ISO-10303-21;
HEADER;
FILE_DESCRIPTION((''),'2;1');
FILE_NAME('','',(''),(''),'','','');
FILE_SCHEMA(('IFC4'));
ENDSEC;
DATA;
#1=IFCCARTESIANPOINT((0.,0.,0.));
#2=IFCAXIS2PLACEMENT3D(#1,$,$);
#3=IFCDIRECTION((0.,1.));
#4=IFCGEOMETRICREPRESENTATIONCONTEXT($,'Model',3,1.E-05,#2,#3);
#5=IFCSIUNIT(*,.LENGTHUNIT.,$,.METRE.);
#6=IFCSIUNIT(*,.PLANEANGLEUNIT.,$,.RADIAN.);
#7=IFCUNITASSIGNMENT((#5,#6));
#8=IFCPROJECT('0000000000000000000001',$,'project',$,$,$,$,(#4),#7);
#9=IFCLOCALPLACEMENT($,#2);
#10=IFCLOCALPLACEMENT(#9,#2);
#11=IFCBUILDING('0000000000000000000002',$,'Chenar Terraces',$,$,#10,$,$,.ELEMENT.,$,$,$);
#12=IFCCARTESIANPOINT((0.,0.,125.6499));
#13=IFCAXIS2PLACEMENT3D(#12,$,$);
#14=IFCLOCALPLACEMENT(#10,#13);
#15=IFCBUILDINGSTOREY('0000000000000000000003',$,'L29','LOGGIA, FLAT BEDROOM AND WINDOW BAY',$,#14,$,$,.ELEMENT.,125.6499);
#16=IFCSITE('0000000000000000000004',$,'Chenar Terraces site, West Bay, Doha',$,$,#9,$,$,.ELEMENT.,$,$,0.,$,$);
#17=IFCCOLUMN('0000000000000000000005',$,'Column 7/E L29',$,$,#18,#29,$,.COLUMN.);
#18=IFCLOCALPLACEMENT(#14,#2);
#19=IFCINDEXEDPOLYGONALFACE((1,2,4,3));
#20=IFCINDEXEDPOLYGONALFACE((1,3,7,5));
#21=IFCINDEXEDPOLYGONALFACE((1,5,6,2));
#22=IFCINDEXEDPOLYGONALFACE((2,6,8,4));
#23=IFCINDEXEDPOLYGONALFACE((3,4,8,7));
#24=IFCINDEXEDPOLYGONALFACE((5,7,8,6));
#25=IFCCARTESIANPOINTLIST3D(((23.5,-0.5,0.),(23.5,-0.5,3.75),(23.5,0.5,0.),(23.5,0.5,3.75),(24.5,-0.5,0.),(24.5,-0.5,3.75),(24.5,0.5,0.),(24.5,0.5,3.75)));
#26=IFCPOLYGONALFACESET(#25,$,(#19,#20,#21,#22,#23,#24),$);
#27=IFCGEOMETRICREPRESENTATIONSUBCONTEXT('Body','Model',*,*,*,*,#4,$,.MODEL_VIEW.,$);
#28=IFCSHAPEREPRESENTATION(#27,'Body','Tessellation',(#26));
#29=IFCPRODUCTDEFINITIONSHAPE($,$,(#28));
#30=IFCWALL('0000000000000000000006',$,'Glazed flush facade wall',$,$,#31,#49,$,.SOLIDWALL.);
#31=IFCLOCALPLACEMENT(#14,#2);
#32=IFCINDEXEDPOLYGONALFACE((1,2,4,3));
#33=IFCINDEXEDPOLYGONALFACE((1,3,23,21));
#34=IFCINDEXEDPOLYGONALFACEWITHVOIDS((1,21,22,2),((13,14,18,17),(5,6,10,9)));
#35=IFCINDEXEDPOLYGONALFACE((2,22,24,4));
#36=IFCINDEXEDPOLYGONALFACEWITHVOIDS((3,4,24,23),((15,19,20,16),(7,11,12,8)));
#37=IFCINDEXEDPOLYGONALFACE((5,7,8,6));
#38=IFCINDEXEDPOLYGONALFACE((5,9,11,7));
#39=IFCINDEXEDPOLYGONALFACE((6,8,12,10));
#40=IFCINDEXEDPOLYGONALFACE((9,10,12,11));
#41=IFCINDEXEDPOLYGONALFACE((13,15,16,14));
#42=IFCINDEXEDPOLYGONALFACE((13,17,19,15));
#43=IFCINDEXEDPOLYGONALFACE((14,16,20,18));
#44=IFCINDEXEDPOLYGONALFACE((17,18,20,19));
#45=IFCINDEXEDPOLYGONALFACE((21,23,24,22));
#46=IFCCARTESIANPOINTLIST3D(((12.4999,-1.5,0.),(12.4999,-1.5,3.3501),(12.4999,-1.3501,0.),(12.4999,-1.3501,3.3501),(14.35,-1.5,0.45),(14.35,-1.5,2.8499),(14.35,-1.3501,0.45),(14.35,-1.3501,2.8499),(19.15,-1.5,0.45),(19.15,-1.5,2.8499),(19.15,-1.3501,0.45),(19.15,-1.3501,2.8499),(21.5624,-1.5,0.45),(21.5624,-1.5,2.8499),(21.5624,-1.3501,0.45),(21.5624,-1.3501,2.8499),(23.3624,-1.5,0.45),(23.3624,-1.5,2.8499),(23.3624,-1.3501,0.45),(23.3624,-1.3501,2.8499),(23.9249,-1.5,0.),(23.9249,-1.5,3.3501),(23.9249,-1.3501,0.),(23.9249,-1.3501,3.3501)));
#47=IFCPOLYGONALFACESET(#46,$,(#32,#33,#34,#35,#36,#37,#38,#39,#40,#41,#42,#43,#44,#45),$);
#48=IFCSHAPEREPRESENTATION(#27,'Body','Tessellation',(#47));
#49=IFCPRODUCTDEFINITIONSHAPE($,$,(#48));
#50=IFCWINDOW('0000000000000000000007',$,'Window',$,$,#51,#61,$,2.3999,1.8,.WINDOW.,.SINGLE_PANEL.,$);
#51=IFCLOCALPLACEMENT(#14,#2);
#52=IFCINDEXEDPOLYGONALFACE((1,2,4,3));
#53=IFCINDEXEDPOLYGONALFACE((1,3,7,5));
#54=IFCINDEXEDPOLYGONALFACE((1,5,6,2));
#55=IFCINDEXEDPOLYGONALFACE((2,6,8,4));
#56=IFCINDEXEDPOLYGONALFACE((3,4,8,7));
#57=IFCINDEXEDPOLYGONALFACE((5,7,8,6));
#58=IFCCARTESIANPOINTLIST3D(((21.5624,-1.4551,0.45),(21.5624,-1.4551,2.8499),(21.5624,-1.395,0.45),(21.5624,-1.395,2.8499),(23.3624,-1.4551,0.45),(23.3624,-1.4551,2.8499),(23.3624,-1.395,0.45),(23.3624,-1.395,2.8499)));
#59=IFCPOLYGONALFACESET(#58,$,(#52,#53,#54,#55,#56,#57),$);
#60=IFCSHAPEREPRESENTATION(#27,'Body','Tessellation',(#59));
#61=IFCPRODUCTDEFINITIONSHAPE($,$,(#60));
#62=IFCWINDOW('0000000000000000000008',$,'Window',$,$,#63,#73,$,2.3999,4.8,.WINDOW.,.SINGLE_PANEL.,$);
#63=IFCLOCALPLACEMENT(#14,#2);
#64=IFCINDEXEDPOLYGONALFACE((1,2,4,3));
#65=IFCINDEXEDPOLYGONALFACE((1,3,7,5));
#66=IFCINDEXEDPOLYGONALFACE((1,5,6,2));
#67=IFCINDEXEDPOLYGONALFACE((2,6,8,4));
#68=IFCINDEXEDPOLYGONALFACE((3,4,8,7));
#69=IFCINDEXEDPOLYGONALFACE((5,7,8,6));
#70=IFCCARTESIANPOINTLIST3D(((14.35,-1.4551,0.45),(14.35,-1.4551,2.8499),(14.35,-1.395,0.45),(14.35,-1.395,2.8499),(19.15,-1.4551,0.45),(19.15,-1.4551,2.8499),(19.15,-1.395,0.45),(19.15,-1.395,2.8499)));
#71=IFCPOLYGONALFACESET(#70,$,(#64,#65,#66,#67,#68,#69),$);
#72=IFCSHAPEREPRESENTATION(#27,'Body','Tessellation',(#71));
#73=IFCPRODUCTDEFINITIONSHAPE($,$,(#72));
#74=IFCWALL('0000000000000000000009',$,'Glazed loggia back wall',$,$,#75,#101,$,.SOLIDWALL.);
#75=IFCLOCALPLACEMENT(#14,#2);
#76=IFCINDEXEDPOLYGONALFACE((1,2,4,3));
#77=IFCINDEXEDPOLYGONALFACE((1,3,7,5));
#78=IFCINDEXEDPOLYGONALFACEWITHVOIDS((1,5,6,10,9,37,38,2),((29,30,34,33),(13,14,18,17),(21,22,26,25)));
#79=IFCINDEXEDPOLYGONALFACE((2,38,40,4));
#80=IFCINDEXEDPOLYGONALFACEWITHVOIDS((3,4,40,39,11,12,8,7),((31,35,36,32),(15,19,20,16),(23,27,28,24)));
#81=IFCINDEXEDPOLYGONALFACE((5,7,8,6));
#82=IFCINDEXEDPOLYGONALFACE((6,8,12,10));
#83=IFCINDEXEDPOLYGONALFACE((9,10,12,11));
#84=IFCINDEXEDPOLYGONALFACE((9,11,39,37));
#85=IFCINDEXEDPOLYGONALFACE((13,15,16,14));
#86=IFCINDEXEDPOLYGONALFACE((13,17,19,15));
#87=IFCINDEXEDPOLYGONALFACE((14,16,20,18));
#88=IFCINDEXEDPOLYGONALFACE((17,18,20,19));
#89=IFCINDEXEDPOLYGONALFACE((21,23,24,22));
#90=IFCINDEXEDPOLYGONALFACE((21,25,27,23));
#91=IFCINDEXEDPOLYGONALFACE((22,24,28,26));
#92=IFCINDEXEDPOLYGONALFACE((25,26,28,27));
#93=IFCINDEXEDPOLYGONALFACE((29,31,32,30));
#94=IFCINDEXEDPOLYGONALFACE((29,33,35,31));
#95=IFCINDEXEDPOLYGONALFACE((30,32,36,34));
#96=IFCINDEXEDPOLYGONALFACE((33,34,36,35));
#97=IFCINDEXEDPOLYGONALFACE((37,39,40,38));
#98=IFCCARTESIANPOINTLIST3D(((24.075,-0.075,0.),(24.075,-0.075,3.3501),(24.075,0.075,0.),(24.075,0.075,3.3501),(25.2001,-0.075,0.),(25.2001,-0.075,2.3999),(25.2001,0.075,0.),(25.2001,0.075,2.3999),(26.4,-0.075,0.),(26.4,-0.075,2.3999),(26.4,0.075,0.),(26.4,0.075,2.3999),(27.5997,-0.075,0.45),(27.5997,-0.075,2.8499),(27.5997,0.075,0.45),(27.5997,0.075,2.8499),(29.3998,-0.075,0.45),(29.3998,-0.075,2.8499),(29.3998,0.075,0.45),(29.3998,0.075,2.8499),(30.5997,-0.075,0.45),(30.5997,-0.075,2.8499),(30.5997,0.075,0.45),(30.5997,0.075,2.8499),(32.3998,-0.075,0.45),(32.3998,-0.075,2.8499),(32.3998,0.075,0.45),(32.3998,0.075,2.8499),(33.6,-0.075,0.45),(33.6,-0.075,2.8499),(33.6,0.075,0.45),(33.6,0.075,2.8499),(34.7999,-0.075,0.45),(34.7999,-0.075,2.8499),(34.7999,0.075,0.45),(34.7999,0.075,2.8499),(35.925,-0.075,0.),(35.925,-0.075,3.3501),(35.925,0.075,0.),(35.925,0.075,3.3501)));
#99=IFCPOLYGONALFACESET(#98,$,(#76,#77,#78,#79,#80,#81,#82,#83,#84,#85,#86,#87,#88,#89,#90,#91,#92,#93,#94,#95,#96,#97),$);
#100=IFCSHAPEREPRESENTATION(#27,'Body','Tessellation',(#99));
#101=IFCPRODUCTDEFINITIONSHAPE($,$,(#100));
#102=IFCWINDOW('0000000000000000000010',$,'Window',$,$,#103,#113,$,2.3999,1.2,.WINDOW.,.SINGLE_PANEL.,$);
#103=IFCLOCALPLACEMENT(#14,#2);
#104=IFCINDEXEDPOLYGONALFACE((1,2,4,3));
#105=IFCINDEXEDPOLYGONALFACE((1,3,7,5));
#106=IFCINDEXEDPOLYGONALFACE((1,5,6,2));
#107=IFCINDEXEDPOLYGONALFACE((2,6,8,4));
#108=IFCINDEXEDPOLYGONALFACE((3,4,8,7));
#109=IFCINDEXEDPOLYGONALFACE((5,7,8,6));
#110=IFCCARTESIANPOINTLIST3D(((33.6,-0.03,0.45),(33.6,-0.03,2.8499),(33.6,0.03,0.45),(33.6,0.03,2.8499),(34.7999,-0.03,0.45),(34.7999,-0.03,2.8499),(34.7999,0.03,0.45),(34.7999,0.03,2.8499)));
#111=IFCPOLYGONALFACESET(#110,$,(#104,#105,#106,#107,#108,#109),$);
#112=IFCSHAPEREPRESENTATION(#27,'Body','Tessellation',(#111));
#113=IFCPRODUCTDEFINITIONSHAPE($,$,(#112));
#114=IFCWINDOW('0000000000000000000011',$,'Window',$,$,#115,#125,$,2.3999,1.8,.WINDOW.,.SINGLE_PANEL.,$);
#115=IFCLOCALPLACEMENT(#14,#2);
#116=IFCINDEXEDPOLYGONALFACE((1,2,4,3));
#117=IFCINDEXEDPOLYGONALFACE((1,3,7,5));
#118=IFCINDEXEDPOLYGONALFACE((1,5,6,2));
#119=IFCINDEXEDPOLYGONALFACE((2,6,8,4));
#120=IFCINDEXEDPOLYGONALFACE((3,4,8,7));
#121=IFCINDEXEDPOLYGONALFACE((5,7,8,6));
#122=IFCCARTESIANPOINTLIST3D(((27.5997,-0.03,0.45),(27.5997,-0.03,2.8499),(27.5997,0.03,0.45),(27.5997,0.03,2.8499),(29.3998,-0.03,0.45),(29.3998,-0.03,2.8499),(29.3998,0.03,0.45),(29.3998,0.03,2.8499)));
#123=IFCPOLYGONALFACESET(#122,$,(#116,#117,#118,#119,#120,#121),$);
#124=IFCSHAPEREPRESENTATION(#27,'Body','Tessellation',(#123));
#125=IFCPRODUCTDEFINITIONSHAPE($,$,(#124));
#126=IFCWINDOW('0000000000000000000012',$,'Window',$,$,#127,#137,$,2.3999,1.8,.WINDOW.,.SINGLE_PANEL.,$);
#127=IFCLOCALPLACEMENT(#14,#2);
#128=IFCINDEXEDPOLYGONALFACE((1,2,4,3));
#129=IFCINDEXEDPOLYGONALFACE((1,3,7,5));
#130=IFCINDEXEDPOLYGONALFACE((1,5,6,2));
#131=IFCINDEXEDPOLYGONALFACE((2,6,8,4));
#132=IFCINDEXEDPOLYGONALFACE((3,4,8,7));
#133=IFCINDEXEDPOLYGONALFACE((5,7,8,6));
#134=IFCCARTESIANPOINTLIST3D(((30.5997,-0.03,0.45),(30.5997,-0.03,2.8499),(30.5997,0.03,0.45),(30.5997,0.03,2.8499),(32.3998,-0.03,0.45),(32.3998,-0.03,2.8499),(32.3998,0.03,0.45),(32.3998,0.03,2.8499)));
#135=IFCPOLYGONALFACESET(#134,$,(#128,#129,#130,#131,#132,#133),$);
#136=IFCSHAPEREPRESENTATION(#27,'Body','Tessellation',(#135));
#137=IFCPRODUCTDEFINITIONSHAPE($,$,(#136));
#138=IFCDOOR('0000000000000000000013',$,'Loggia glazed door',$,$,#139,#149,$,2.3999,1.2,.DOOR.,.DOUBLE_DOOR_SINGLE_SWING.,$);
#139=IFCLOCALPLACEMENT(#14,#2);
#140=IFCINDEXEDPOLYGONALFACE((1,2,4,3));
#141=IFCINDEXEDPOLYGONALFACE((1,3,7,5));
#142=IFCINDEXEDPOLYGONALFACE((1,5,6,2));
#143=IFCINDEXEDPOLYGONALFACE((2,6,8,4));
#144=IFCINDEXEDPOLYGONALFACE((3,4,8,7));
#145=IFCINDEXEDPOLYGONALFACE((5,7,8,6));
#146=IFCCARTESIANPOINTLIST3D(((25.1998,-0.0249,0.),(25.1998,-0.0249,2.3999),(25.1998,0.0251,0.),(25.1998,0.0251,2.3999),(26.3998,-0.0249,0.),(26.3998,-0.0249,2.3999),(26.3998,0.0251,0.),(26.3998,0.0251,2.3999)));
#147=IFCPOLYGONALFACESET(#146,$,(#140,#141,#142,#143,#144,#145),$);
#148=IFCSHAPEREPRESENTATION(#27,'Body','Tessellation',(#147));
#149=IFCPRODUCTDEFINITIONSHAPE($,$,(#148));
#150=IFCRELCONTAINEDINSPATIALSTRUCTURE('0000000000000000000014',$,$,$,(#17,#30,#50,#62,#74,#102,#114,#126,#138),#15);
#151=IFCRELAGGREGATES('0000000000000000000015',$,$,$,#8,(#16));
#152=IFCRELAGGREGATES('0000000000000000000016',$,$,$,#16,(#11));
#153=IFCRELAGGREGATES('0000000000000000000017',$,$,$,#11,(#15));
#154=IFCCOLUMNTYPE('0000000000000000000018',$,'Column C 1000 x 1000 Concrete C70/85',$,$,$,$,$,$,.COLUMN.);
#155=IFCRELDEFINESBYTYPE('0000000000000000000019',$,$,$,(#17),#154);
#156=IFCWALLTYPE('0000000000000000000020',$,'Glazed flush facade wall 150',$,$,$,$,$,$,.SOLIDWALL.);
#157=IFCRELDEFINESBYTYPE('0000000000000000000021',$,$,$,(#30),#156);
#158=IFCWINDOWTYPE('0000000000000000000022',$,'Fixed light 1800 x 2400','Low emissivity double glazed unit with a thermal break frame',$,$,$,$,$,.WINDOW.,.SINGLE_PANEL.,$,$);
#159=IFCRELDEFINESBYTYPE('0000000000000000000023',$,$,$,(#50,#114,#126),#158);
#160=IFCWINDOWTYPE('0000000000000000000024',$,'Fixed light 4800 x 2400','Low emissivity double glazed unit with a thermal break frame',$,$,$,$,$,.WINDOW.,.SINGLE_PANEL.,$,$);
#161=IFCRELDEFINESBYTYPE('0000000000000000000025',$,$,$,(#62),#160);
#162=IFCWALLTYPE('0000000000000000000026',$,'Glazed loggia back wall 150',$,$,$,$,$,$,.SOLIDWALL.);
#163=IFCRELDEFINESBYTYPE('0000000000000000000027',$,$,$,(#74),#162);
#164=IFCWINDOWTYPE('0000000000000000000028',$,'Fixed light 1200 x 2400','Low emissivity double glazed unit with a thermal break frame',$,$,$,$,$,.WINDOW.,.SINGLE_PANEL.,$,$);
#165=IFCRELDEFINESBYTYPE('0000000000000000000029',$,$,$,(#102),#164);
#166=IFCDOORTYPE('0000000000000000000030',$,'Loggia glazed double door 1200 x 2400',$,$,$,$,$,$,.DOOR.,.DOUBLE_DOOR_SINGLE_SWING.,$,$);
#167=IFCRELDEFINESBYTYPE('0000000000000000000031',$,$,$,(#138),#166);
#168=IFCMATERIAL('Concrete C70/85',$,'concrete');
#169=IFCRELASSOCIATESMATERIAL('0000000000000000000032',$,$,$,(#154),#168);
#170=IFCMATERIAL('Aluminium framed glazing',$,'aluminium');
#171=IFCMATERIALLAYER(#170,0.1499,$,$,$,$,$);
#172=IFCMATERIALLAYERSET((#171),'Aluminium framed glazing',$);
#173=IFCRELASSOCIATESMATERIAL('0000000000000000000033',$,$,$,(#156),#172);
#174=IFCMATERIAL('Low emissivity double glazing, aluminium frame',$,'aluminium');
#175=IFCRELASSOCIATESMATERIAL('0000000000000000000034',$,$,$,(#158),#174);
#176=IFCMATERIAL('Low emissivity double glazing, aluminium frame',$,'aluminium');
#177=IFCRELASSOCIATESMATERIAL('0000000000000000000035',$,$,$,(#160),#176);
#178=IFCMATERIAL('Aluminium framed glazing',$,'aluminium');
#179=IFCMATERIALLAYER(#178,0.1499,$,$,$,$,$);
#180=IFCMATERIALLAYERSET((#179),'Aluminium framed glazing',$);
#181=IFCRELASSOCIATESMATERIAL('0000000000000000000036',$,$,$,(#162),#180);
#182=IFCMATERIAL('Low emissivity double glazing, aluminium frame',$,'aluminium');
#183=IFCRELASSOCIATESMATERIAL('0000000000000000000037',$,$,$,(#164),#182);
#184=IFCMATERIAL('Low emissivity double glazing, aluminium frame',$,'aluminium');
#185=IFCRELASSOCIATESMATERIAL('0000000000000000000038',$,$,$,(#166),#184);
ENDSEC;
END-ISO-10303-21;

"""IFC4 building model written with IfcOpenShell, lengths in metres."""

from ifc_helpers import new_model, si_unit, direction, frame, frame_2d, origin, origin_2d, place, context, subcontext, project, spatial, rectangle, extrude, material, layer, layer_set, material_profile, profile_set, type_object, element, fill, save


model = new_model("IFC4")

# Units and contexts
model_context = context("Model", 3, precision=1e-05, world=origin(), true_north=direction((0.0, 1.0)))
body_context = subcontext(model_context, "Body", "Model", "MODEL_VIEW")
ifc_project = project(units=[si_unit("LENGTHUNIT", "METRE"), si_unit("PLANEANGLEUNIT", "RADIAN")], contexts=[model_context])

# Site, building, storey
site_placement = place(None, origin())
site = spatial("IfcSite", under=ifc_project, at=site_placement, Name="Chenar Terraces site, West Bay, Doha", CompositionType="ELEMENT", RefElevation=0.0)
building_placement = place(site_placement, origin())
building = spatial("IfcBuilding", under=site, at=building_placement, Name="Chenar Terraces", CompositionType="ELEMENT")
storey_placement = place(building_placement, frame((0.0, 0.0, 125.6499)))
storey = spatial("IfcBuildingStorey", under=building, at=storey_placement, Name="L29", Description="LOGGIA, FLAT BEDROOM AND WINDOW BAY", CompositionType="ELEMENT", Elevation=125.6499)

# Column
ifc_material_1 = material(Name="Concrete C70/85", Category="concrete")
ifc_material_profile = material_profile(ifc_material_1, rectangle(XDim=1.0, YDim=1.0, at=origin_2d()), Name="C 1000 x 1000")
ifc_profile_set = profile_set([ifc_material_profile], Name="Concrete C70/85")
column_type = type_object("IfcColumnType", Name="Column C 1000 x 1000 Concrete C70/85", PredefinedType="COLUMN", material=ifc_profile_set)
column_placement = place(storey_placement, frame((24.0, 0.0, 0.0), z_axis=(0.0, 0.0, 1.0), x_axis=(1.0, 0.0, 0.0)))
element("IfcColumn", 1, at=column_placement, inside=storey, type_object=column_type, Name="Column 7/E L29", PredefinedType="COLUMN", context=body_context, shape_type="SweptSolid", body=[
    extrude(rectangle(XDim=1.0, YDim=1.0, at=origin_2d()), origin(), (0.0, 0.0, 1.0), 3.75),
])

# Wall, openings, windows
ifc_material_2 = material(Name="Aluminium framed glazing", Category="aluminium")
ifc_layer_1 = layer(ifc_material_2, 0.1499)
ifc_layer_set_1 = layer_set([ifc_layer_1], Name="Aluminium framed glazing")
wall_type_1 = type_object("IfcWallType", Name="Glazed flush facade wall 150", PredefinedType="SOLIDWALL", material=ifc_layer_set_1)
wall_1_placement = place(storey_placement, frame((12.5, -1.425, 0.0), z_axis=(0.0, 0.0, 1.0), x_axis=(1.0, 0.0, 0.0)))
wall_1 = element("IfcWall", 2, at=wall_1_placement, inside=storey, type_object=wall_type_1, Name="Glazed flush facade wall", PredefinedType="SOLIDWALL", context=body_context, shape_type="SweptSolid", body=[
    extrude(rectangle(XDim=11.425, YDim=0.1499, at=frame_2d((5.7124, 0.0))), origin(), (0.0, 0.0, 1.0), 3.3501),
])
opening_1_placement = place(wall_1_placement, frame((1.8501, 0.0, 0.45)))
opening_1 = element("IfcOpeningElement", 3, at=opening_1_placement, cuts=wall_1, PredefinedType="OPENING", context=body_context, shape_type="SweptSolid", body=[
    extrude(rectangle(XDim=4.8, YDim=2.3999, at=frame_2d((2.3999, 1.2))), frame((0.0, 0.085, 0.0), z_axis=(0.0, -1.0, 0.0), x_axis=(1.0, 0.0, 0.0)), (0.0, 0.0, 1.0), 0.1699),
])
opening_2_placement = place(wall_1_placement, frame((9.0625, 0.0, 0.45)))
opening_2 = element("IfcOpeningElement", 4, at=opening_2_placement, cuts=wall_1, PredefinedType="OPENING", context=body_context, shape_type="SweptSolid", body=[
    extrude(rectangle(XDim=1.8, YDim=2.3999, at=frame_2d((0.8999, 1.2))), frame((0.0, 0.085, 0.0), z_axis=(0.0, -1.0, 0.0), x_axis=(1.0, 0.0, 0.0)), (0.0, 0.0, 1.0), 0.1699),
])
ifc_material_3 = material(Name="Low emissivity double glazing, aluminium frame", Category="aluminium")
window_type_1 = type_object("IfcWindowType", Name="Fixed light 1800 x 2400", Description="Low emissivity double glazed unit with a thermal break frame", PartitioningType="SINGLE_PANEL", PredefinedType="WINDOW", material=ifc_material_3)
window_1_placement = place(opening_2_placement, origin())
window_1 = element("IfcWindow", 5, at=window_1_placement, inside=storey, type_object=window_type_1, Name="Window", OverallHeight=2.3999, OverallWidth=1.8, PartitioningType="SINGLE_PANEL", PredefinedType="WINDOW", context=body_context, shape_type="SweptSolid", body=[
    extrude(rectangle(XDim=1.8, YDim=2.3999, at=frame_2d((0.8999, 1.2))), frame((0.0, 0.03, 0.0), z_axis=(0.0, -1.0, 0.0), x_axis=(1.0, 0.0, 0.0)), (0.0, 0.0, 1.0), 0.0601),
])
fill(opening_2, window_1)
ifc_material_4 = material(Name="Low emissivity double glazing, aluminium frame", Category="aluminium")
window_type_2 = type_object("IfcWindowType", Name="Fixed light 4800 x 2400", Description="Low emissivity double glazed unit with a thermal break frame", PartitioningType="SINGLE_PANEL", PredefinedType="WINDOW", material=ifc_material_4)
window_2_placement = place(opening_1_placement, origin())
window_2 = element("IfcWindow", 6, at=window_2_placement, inside=storey, type_object=window_type_2, Name="Window", OverallHeight=2.3999, OverallWidth=4.8, PartitioningType="SINGLE_PANEL", PredefinedType="WINDOW", context=body_context, shape_type="SweptSolid", body=[
    extrude(rectangle(XDim=4.8, YDim=2.3999, at=frame_2d((2.3999, 1.2))), frame((0.0, 0.03, 0.0), z_axis=(0.0, -1.0, 0.0), x_axis=(1.0, 0.0, 0.0)), (0.0, 0.0, 1.0), 0.0601),
])
fill(opening_1, window_2)

# Wall, openings, windows, door
ifc_material_5 = material(Name="Aluminium framed glazing", Category="aluminium")
ifc_layer_2 = layer(ifc_material_5, 0.1499)
ifc_layer_set_2 = layer_set([ifc_layer_2], Name="Aluminium framed glazing")
wall_type_2 = type_object("IfcWallType", Name="Glazed loggia back wall 150", PredefinedType="SOLIDWALL", material=ifc_layer_set_2)
wall_2_placement = place(storey_placement, frame((24.075, 0.0, 0.0), z_axis=(0.0, 0.0, 1.0), x_axis=(1.0, 0.0, 0.0)))
wall_2 = element("IfcWall", 7, at=wall_2_placement, inside=storey, type_object=wall_type_2, Name="Glazed loggia back wall", PredefinedType="SOLIDWALL", context=body_context, shape_type="SweptSolid", body=[
    extrude(rectangle(XDim=11.8501, YDim=0.1499, at=frame_2d((5.925, 0.0))), origin(), (0.0, 0.0, 1.0), 3.3501),
])
opening_3_placement = place(wall_2_placement, frame((1.125, 0.0, 0.0)))
opening_3 = element("IfcOpeningElement", 8, at=opening_3_placement, cuts=wall_2, PredefinedType="OPENING", context=body_context, shape_type="SweptSolid", body=[
    extrude(rectangle(XDim=1.2, YDim=2.3999, at=frame_2d((0.6001, 1.2))), frame((0.0, 0.085, 0.0), z_axis=(0.0, -1.0, 0.0), x_axis=(1.0, 0.0, 0.0)), (0.0, 0.0, 1.0), 0.1699),
])
opening_4_placement = place(wall_2_placement, frame((3.5249, 0.0, 0.45)))
opening_4 = element("IfcOpeningElement", 9, at=opening_4_placement, cuts=wall_2, PredefinedType="OPENING", context=body_context, shape_type="SweptSolid", body=[
    extrude(rectangle(XDim=1.8, YDim=2.3999, at=frame_2d((0.8999, 1.2))), frame((0.0, 0.085, 0.0), z_axis=(0.0, -1.0, 0.0), x_axis=(1.0, 0.0, 0.0)), (0.0, 0.0, 1.0), 0.1699),
])
opening_5_placement = place(wall_2_placement, frame((6.5249, 0.0, 0.45)))
opening_5 = element("IfcOpeningElement", 10, at=opening_5_placement, cuts=wall_2, PredefinedType="OPENING", context=body_context, shape_type="SweptSolid", body=[
    extrude(rectangle(XDim=1.8, YDim=2.3999, at=frame_2d((0.8999, 1.2))), frame((0.0, 0.085, 0.0), z_axis=(0.0, -1.0, 0.0), x_axis=(1.0, 0.0, 0.0)), (0.0, 0.0, 1.0), 0.1699),
])
opening_6_placement = place(wall_2_placement, frame((9.5249, 0.0, 0.45)))
opening_6 = element("IfcOpeningElement", 11, at=opening_6_placement, cuts=wall_2, PredefinedType="OPENING", context=body_context, shape_type="SweptSolid", body=[
    extrude(rectangle(XDim=1.2, YDim=2.3999, at=frame_2d((0.6001, 1.2))), frame((0.0, 0.085, 0.0), z_axis=(0.0, -1.0, 0.0), x_axis=(1.0, 0.0, 0.0)), (0.0, 0.0, 1.0), 0.1699),
])
ifc_material_6 = material(Name="Low emissivity double glazing, aluminium frame", Category="aluminium")
window_type_3 = type_object("IfcWindowType", Name="Fixed light 1200 x 2400", Description="Low emissivity double glazed unit with a thermal break frame", PartitioningType="SINGLE_PANEL", PredefinedType="WINDOW", material=ifc_material_6)
window_3_placement = place(opening_6_placement, origin())
window_3 = element("IfcWindow", 12, at=window_3_placement, inside=storey, type_object=window_type_3, Name="Window", OverallHeight=2.3999, OverallWidth=1.2, PartitioningType="SINGLE_PANEL", PredefinedType="WINDOW", context=body_context, shape_type="SweptSolid", body=[
    extrude(rectangle(XDim=1.2, YDim=2.3999, at=frame_2d((0.6001, 1.2))), frame((0.0, 0.03, 0.0), z_axis=(0.0, -1.0, 0.0), x_axis=(1.0, 0.0, 0.0)), (0.0, 0.0, 1.0), 0.0601),
])
fill(opening_6, window_3)
window_4_placement = place(opening_4_placement, origin())
window_4 = element("IfcWindow", 13, at=window_4_placement, inside=storey, type_object=window_type_1, Name="Window", OverallHeight=2.3999, OverallWidth=1.8, PartitioningType="SINGLE_PANEL", PredefinedType="WINDOW", context=body_context, shape_type="SweptSolid", body=[
    extrude(rectangle(XDim=1.8, YDim=2.3999, at=frame_2d((0.8999, 1.2))), frame((0.0, 0.03, 0.0), z_axis=(0.0, -1.0, 0.0), x_axis=(1.0, 0.0, 0.0)), (0.0, 0.0, 1.0), 0.0601),
])
fill(opening_4, window_4)
window_5_placement = place(opening_5_placement, origin())
window_5 = element("IfcWindow", 14, at=window_5_placement, inside=storey, type_object=window_type_1, Name="Window", OverallHeight=2.3999, OverallWidth=1.8, PartitioningType="SINGLE_PANEL", PredefinedType="WINDOW", context=body_context, shape_type="SweptSolid", body=[
    extrude(rectangle(XDim=1.8, YDim=2.3999, at=frame_2d((0.8999, 1.2))), frame((0.0, 0.03, 0.0), z_axis=(0.0, -1.0, 0.0), x_axis=(1.0, 0.0, 0.0)), (0.0, 0.0, 1.0), 0.0601),
])
fill(opening_5, window_5)
ifc_material_7 = material(Name="Low emissivity double glazing, aluminium frame", Category="aluminium")
door_type = type_object("IfcDoorType", Name="Loggia glazed double door 1200 x 2400", OperationType="DOUBLE_DOOR_SINGLE_SWING", PredefinedType="DOOR", material=ifc_material_7)
door_placement = place(opening_3_placement, frame((1.2, 0.0, 0.0), z_axis=(0.0, 0.0, 1.0), x_axis=(-1.0, 0.0, 0.0)))
door = element("IfcDoor", 15, at=door_placement, inside=storey, type_object=door_type, Name="Loggia glazed door", OperationType="DOUBLE_DOOR_SINGLE_SWING", OverallHeight=2.3999, OverallWidth=1.2, PredefinedType="DOOR", context=body_context, shape_type="SweptSolid", body=[
    extrude(rectangle(XDim=1.2, YDim=2.3999, at=frame_2d((0.6001, 1.2))), frame((0.0, 0.0249, 0.0), z_axis=(0.0, -1.0, 0.0), x_axis=(1.0, 0.0, 0.0)), (0.0, 0.0, 1.0), 0.05),
])
fill(opening_3, door)

save(model, "model.ifc")
